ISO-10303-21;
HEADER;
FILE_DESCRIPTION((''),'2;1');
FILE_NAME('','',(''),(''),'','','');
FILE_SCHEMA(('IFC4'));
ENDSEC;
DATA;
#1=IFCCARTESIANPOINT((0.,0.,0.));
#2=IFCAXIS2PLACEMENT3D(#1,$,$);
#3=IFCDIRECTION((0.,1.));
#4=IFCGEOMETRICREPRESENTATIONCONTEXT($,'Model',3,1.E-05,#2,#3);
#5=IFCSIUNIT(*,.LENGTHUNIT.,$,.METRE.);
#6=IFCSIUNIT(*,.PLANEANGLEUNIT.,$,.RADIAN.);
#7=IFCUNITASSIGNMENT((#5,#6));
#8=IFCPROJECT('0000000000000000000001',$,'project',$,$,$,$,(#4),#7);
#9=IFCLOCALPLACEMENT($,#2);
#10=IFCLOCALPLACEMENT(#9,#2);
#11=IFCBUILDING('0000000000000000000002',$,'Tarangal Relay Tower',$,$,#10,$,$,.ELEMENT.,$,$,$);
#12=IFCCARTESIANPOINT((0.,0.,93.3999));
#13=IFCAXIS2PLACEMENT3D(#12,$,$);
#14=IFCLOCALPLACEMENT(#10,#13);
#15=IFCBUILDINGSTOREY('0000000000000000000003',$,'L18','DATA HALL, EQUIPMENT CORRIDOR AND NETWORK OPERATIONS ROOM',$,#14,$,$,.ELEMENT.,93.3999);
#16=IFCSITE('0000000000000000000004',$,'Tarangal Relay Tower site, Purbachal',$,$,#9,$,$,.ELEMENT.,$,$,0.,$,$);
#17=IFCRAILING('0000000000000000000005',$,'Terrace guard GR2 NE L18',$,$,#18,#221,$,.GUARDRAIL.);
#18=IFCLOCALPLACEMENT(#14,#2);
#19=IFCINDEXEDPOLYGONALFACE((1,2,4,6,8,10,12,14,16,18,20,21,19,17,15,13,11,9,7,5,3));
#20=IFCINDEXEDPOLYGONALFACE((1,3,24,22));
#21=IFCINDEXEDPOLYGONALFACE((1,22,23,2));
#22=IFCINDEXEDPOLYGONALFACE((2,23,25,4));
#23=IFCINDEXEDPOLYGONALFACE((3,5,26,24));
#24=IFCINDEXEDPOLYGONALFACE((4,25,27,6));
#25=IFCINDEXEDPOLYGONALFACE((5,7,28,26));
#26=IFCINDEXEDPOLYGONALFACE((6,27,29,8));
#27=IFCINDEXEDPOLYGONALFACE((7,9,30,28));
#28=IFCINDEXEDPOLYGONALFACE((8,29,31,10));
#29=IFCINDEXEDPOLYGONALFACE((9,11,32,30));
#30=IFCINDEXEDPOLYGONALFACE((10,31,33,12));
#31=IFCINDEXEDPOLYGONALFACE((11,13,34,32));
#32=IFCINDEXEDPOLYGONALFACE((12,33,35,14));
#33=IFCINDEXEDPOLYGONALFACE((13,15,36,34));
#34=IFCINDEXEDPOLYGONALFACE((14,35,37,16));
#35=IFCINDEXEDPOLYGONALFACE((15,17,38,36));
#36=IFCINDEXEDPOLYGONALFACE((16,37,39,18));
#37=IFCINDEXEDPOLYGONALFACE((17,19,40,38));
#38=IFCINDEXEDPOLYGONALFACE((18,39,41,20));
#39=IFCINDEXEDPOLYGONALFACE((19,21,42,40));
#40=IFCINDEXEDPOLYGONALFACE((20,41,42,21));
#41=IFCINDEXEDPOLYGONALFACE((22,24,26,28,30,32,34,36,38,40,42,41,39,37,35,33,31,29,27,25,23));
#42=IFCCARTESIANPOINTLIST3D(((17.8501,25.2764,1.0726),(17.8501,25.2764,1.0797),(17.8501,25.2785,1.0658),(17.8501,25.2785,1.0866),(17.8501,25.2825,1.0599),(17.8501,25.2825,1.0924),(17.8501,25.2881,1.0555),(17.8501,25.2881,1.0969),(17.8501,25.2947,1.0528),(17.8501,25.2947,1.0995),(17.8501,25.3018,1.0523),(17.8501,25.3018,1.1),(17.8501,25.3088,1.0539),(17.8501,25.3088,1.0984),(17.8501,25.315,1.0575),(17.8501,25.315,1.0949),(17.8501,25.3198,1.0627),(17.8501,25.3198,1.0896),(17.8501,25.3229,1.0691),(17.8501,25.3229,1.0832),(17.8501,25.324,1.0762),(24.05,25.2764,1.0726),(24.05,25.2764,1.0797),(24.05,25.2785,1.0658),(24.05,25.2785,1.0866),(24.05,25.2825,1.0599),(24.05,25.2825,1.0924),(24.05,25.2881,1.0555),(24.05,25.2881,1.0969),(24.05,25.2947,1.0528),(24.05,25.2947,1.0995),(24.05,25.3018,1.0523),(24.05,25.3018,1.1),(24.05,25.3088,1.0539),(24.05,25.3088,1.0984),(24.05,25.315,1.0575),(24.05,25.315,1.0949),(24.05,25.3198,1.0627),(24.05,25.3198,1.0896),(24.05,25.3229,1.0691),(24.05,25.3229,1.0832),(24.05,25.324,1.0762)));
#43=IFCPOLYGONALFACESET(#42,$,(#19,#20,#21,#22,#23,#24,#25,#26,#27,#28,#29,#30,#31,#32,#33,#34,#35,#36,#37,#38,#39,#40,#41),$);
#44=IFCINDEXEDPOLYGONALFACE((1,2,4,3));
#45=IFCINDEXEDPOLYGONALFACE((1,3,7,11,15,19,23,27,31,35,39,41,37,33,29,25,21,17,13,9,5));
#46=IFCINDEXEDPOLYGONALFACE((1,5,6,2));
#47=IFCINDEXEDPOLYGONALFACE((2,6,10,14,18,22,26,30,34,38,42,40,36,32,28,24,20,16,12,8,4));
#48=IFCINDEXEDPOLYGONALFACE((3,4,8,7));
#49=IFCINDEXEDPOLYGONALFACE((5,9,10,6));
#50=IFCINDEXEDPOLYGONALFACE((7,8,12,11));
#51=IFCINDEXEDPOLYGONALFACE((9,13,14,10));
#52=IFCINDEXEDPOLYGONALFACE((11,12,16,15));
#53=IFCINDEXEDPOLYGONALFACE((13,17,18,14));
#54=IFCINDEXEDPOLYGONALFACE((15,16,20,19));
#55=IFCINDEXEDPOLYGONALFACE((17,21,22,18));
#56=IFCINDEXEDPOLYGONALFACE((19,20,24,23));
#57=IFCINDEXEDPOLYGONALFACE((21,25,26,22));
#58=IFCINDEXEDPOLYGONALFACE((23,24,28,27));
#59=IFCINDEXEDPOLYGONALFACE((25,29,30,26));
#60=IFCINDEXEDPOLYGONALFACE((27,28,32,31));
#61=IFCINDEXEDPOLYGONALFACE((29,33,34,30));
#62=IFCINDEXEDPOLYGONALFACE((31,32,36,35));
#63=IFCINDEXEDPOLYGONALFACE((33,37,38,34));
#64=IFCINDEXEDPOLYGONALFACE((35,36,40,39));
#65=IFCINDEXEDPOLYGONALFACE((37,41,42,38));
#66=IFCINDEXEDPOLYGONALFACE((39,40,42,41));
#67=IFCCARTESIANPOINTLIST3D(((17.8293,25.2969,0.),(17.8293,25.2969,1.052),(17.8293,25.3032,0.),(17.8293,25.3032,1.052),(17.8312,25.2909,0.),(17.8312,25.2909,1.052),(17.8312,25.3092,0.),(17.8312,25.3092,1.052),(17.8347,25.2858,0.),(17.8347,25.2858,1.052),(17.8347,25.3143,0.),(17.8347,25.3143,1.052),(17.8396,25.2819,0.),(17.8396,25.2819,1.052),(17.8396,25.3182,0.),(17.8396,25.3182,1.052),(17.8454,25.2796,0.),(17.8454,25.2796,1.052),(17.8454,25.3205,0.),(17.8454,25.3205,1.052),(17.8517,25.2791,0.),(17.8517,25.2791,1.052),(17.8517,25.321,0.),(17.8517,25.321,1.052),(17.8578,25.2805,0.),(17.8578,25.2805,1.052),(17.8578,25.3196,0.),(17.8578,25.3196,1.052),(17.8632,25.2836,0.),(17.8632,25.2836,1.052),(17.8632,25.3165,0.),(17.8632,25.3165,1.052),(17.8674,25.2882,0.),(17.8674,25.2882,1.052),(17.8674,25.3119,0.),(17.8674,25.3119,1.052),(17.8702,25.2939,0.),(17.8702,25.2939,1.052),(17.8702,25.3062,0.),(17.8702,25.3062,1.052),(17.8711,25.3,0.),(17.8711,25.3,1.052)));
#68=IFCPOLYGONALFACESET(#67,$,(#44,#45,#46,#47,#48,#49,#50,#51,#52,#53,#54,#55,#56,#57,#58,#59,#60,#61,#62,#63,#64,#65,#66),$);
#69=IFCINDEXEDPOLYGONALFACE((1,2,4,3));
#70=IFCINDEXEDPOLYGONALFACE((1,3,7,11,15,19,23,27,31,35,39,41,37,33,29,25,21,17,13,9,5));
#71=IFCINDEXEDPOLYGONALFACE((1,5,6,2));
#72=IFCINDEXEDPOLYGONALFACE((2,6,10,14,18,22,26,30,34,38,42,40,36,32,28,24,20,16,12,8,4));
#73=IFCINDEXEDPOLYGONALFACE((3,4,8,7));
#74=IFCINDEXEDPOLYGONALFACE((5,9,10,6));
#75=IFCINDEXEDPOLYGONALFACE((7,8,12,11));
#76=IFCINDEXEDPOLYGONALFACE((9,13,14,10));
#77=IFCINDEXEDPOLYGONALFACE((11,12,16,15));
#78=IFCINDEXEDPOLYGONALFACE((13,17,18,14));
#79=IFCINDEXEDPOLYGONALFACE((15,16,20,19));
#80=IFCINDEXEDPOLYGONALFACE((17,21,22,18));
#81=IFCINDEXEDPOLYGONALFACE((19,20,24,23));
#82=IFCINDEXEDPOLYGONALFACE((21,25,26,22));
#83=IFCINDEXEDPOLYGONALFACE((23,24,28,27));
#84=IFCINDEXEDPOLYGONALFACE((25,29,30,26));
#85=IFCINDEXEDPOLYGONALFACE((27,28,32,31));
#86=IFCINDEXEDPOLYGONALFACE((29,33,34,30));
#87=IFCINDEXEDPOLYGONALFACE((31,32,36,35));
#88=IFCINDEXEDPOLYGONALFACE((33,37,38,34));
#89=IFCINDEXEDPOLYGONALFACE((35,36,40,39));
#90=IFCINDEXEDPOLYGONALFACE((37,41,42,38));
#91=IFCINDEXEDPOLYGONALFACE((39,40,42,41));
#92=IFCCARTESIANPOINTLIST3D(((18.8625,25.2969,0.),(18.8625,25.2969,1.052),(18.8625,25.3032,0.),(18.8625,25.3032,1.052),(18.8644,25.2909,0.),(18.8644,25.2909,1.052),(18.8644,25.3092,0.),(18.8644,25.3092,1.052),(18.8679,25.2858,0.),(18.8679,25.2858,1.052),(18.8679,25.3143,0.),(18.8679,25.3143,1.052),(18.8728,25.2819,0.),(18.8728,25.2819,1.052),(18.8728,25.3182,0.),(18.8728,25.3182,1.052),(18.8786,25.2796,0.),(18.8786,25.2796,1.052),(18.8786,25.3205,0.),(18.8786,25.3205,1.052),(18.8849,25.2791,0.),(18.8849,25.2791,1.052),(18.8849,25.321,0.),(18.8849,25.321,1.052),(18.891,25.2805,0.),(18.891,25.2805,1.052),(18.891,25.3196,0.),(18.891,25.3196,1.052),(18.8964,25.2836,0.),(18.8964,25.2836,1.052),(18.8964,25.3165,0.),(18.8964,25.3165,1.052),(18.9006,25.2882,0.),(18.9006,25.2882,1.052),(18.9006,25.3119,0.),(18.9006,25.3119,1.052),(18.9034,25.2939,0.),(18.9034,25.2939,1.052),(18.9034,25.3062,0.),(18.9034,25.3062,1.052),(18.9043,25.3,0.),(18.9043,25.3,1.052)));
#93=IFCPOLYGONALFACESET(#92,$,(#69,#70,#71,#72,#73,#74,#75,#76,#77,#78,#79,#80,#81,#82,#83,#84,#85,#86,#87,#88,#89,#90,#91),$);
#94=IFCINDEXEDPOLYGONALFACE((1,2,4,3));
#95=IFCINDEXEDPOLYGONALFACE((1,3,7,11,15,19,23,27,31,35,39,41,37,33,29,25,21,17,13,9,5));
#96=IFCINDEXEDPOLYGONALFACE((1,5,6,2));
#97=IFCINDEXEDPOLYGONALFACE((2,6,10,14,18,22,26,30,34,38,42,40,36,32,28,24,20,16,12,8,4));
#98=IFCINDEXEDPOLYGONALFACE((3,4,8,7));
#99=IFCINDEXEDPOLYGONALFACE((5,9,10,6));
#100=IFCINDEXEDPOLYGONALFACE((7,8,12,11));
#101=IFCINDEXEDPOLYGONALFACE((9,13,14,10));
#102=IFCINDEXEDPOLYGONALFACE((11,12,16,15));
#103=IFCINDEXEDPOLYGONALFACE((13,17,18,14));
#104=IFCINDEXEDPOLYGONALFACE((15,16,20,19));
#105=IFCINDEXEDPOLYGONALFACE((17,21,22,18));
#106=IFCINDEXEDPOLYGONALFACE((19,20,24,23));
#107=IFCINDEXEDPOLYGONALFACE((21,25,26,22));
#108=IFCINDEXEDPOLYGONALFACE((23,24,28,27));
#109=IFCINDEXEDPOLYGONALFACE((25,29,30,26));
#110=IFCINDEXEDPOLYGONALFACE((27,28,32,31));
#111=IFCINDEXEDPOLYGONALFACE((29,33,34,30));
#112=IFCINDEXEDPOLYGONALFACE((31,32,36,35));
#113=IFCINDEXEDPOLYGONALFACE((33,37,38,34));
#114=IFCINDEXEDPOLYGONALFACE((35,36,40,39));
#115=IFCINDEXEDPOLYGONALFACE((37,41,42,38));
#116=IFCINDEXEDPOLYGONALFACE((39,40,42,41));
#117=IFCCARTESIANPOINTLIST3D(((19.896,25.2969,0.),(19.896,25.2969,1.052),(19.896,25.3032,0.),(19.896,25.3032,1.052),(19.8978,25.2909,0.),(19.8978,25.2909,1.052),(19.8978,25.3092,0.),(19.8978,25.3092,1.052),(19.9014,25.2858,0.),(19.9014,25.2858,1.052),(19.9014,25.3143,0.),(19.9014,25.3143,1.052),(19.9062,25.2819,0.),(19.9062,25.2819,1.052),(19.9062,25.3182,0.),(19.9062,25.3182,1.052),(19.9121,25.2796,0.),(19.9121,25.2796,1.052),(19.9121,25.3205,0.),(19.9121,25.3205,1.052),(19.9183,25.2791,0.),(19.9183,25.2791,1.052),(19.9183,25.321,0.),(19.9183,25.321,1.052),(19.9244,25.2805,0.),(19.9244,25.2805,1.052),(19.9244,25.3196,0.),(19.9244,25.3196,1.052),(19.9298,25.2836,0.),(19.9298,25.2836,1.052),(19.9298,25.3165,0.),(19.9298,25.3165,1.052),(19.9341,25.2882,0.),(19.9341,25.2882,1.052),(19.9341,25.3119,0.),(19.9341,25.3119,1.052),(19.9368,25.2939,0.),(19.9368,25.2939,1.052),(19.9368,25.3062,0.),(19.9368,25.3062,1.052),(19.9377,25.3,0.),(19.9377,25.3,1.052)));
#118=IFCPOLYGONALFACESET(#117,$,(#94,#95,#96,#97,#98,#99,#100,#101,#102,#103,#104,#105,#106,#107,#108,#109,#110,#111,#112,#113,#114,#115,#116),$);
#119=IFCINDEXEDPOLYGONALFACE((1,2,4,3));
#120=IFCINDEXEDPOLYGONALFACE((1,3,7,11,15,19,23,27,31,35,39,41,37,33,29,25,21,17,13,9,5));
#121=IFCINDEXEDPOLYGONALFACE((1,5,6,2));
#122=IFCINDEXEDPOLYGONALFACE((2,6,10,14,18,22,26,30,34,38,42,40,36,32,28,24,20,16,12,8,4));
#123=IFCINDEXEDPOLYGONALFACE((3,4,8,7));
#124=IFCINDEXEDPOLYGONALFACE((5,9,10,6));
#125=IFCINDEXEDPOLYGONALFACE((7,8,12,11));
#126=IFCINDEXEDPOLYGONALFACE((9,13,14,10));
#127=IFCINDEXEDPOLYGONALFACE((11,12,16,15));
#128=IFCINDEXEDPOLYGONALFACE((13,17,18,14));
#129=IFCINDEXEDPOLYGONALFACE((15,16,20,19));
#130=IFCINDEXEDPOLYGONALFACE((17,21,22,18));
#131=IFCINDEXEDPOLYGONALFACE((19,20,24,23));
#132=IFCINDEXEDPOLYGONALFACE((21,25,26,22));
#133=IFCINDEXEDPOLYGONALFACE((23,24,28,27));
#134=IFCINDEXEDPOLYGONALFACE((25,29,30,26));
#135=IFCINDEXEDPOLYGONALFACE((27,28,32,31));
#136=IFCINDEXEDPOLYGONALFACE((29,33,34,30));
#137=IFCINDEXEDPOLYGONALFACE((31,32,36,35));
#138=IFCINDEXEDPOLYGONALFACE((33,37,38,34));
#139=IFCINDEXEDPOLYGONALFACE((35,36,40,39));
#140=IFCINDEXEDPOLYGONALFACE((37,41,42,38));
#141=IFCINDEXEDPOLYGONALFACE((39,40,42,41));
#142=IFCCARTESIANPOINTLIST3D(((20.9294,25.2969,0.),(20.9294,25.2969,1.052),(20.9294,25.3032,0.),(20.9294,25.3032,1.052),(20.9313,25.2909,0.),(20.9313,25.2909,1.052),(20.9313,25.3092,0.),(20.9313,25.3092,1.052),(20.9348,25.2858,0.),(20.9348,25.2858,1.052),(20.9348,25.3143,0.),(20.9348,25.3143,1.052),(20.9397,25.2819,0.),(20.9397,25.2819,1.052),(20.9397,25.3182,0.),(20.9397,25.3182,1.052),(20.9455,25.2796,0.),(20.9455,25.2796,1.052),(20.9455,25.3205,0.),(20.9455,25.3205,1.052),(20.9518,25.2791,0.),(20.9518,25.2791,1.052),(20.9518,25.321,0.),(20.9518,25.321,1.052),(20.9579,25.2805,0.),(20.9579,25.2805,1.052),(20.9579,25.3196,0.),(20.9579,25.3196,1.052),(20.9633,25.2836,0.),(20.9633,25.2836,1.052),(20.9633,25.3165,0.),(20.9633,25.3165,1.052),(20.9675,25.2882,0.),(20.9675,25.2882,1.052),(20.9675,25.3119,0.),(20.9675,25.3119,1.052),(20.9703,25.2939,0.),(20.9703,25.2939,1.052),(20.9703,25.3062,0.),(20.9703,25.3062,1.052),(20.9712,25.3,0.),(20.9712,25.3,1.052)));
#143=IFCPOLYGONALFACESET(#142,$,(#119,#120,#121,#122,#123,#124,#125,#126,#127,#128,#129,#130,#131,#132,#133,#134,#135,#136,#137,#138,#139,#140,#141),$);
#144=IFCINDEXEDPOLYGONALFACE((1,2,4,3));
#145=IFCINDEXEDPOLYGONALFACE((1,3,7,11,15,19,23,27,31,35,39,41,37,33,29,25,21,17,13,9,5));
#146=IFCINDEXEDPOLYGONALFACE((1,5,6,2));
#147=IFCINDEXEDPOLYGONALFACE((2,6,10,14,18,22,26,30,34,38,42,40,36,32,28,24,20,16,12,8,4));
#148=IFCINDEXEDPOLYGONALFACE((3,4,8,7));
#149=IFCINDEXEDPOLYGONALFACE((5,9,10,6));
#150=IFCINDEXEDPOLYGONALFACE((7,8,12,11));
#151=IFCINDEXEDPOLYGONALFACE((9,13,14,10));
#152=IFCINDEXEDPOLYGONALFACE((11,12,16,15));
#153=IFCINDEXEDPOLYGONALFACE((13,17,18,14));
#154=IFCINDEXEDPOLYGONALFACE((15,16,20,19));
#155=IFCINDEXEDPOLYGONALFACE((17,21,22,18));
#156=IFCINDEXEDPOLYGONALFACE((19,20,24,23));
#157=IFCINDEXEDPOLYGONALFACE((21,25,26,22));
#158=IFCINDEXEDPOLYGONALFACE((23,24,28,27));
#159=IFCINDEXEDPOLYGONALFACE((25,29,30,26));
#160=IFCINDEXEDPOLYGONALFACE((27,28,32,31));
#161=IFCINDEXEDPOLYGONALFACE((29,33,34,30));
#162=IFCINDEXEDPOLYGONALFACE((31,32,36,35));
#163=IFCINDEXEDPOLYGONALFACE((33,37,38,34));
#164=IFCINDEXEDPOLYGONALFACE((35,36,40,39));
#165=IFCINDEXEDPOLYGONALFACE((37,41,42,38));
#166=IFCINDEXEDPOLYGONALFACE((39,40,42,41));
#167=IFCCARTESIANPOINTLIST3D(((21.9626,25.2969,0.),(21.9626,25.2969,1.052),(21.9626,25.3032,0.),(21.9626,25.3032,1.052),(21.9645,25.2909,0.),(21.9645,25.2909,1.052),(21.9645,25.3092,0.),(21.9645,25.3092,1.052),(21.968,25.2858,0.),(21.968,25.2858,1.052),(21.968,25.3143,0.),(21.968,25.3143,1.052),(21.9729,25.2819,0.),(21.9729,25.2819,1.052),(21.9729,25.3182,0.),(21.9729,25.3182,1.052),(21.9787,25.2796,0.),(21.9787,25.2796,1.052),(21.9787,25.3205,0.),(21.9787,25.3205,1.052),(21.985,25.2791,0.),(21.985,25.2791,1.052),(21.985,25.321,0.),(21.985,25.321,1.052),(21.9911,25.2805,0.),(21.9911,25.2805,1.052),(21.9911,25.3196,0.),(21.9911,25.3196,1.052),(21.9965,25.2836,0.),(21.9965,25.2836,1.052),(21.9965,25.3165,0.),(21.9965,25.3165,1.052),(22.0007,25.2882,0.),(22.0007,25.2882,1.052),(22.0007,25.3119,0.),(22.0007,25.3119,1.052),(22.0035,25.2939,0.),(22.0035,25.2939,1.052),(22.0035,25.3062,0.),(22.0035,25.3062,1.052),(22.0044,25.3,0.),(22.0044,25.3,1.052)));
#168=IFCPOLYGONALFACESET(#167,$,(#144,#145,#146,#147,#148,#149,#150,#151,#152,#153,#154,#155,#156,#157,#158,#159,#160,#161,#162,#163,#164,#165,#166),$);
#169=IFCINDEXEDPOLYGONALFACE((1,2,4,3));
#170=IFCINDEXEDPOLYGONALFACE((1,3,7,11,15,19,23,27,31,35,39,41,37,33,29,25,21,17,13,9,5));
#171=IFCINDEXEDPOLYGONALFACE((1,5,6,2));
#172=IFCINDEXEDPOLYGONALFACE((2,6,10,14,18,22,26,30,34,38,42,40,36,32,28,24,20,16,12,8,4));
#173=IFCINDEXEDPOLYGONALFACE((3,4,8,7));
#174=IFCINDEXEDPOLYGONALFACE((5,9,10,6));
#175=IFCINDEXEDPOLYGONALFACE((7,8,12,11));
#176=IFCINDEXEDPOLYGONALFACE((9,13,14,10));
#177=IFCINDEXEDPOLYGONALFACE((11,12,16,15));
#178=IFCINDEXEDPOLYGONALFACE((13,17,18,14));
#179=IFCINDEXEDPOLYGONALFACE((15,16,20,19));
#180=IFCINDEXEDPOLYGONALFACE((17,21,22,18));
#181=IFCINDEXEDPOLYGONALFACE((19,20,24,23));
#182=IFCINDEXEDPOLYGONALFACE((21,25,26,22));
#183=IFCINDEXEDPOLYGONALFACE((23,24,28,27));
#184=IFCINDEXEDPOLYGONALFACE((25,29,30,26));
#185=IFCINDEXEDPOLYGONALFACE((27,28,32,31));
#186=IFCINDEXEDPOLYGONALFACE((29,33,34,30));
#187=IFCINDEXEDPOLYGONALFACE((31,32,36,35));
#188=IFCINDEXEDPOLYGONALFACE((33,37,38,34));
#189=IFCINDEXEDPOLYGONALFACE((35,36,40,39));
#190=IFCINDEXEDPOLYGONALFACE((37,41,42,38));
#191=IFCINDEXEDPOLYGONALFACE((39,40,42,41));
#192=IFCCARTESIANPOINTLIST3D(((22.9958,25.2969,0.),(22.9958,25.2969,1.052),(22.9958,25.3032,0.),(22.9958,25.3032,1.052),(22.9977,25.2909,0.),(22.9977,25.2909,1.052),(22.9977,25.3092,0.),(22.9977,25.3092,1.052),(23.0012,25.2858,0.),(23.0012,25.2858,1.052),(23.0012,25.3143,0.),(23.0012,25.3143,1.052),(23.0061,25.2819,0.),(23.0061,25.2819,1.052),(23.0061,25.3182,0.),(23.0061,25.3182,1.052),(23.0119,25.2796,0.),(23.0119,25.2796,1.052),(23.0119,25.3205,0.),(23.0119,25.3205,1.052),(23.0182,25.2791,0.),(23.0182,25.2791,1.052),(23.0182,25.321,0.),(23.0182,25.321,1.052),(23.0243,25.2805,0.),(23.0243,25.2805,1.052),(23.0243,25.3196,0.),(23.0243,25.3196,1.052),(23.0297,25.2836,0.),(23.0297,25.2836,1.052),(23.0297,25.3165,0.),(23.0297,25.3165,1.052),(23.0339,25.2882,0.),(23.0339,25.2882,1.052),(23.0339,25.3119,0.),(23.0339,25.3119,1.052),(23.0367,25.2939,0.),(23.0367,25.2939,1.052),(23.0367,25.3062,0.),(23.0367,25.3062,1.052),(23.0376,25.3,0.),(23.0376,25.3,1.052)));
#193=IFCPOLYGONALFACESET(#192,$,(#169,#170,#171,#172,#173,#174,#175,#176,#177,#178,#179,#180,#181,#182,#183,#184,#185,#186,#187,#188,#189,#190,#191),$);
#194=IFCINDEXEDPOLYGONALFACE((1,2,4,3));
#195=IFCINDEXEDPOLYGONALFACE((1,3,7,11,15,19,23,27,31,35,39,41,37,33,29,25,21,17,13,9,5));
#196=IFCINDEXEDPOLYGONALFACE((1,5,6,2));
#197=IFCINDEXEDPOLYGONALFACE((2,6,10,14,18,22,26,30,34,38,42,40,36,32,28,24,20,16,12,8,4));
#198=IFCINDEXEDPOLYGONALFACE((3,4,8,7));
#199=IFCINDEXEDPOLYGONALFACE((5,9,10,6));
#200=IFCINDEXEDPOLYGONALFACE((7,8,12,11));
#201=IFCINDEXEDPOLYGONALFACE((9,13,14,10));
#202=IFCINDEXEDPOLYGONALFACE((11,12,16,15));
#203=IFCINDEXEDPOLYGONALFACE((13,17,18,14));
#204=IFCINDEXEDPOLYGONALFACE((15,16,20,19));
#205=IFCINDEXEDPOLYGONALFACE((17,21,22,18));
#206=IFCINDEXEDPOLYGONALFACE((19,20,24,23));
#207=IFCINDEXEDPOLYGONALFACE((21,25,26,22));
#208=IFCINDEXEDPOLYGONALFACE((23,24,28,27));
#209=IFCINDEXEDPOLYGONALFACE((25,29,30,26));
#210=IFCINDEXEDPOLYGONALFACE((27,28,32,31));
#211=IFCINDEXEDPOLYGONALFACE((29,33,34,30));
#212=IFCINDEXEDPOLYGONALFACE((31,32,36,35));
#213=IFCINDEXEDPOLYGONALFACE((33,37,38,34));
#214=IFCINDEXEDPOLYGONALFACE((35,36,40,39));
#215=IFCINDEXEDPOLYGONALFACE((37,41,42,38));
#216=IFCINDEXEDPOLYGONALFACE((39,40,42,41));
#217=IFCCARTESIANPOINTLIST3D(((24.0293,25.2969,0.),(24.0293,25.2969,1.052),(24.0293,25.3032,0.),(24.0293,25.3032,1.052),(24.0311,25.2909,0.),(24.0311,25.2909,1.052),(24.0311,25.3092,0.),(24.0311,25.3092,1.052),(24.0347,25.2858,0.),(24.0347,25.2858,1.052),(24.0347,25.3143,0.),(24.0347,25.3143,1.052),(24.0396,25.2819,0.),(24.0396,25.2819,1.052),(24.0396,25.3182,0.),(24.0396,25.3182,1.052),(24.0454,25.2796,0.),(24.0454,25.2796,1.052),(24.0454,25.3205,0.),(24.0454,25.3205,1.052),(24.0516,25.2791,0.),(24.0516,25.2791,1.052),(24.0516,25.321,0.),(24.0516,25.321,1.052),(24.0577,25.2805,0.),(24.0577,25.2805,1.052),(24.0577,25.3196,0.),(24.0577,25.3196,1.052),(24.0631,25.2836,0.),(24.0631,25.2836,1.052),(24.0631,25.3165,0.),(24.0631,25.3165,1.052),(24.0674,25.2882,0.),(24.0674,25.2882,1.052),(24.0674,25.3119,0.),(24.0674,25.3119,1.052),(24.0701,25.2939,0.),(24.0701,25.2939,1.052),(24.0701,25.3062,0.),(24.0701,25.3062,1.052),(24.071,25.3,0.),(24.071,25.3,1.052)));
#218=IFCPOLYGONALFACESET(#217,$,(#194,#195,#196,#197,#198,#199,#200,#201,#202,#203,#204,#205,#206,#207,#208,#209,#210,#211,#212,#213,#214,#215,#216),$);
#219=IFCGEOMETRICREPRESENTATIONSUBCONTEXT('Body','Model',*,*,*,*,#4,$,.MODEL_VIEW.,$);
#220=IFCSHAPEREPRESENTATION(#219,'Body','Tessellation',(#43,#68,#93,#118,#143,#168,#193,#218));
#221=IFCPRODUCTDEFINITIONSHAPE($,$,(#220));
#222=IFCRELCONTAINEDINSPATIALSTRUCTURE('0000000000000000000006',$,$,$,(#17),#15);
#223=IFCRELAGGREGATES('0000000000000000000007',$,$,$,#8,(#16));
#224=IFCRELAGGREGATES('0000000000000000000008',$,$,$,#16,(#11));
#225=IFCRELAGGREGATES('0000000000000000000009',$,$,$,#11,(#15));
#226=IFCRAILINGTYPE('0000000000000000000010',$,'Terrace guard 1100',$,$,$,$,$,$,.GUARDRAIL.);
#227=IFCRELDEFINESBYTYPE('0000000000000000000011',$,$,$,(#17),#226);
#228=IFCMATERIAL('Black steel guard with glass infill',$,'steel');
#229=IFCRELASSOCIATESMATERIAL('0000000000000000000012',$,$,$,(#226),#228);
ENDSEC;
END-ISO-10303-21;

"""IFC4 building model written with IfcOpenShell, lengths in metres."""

from ifc_helpers import new_model, si_unit, direction, frame, origin, origin_2d, place, context, subcontext, project, spatial, circle, extrude, material, type_object, element, save


model = new_model("IFC4")

# Units and contexts
model_context = context("Model", 3, precision=1e-05, world=origin(), true_north=direction((0.0, 1.0)))
body_context = subcontext(model_context, "Body", "Model", "MODEL_VIEW")
ifc_project = project(units=[si_unit("LENGTHUNIT", "METRE"), si_unit("PLANEANGLEUNIT", "RADIAN")], contexts=[model_context])

# Site, building, storey
site_placement = place(None, origin())
site = spatial("IfcSite", under=ifc_project, at=site_placement, Name="Tarangal Relay Tower site, Purbachal", CompositionType="ELEMENT", RefElevation=0.0)
building_placement = place(site_placement, origin())
building = spatial("IfcBuilding", under=site, at=building_placement, Name="Tarangal Relay Tower", CompositionType="ELEMENT")
storey_placement = place(building_placement, frame((0.0, 0.0, 93.3999)))
storey = spatial("IfcBuildingStorey", under=building, at=storey_placement, Name="L18", Description="DATA HALL, EQUIPMENT CORRIDOR AND NETWORK OPERATIONS ROOM", CompositionType="ELEMENT", Elevation=93.3999)

# Railing
ifc_material_1 = material(Name="Black steel guard with glass infill", Category="steel")
railing_type_1 = type_object("IfcRailingType", Name="Terrace guard 1100", PredefinedType="GUARDRAIL", material=ifc_material_1)
railing_1_placement = place(storey_placement, frame((17.8501, 25.3, 0.0)))
element("IfcRailing", 1, at=railing_1_placement, inside=storey, type_object=railing_type_1, Name="Terrace guard GR2 NE L18", PredefinedType="GUARDRAIL", context=body_context, shape_type="SweptSolid", body=[
    extrude(circle(Radius=0.0239, at=origin_2d()), frame((0.0, 0.0, 1.0762), z_axis=(1.0, 0.0, 0.0), x_axis=(0.0, 1.0, 0.0)), (0.0, 0.0, 1.0), 6.2),
    extrude(circle(Radius=0.021, at=origin_2d()), origin(), (0.0, 0.0, 1.0), 1.052),
    extrude(circle(Radius=0.021, at=origin_2d()), frame((1.0332, 0.0, 0.0)), (0.0, 0.0, 1.0), 1.052),
    extrude(circle(Radius=0.021, at=origin_2d()), frame((2.0667, 0.0, 0.0)), (0.0, 0.0, 1.0), 1.052),
    extrude(circle(Radius=0.021, at=origin_2d()), frame((3.1001, 0.0, 0.0)), (0.0, 0.0, 1.0), 1.052),
    extrude(circle(Radius=0.021, at=origin_2d()), frame((4.1333, 0.0, 0.0)), (0.0, 0.0, 1.0), 1.052),
    extrude(circle(Radius=0.021, at=origin_2d()), frame((5.1665, 0.0, 0.0)), (0.0, 0.0, 1.0), 1.052),
    extrude(circle(Radius=0.021, at=origin_2d()), frame((6.2, 0.0, 0.0)), (0.0, 0.0, 1.0), 1.052),
])

save(model, "model.ifc")
